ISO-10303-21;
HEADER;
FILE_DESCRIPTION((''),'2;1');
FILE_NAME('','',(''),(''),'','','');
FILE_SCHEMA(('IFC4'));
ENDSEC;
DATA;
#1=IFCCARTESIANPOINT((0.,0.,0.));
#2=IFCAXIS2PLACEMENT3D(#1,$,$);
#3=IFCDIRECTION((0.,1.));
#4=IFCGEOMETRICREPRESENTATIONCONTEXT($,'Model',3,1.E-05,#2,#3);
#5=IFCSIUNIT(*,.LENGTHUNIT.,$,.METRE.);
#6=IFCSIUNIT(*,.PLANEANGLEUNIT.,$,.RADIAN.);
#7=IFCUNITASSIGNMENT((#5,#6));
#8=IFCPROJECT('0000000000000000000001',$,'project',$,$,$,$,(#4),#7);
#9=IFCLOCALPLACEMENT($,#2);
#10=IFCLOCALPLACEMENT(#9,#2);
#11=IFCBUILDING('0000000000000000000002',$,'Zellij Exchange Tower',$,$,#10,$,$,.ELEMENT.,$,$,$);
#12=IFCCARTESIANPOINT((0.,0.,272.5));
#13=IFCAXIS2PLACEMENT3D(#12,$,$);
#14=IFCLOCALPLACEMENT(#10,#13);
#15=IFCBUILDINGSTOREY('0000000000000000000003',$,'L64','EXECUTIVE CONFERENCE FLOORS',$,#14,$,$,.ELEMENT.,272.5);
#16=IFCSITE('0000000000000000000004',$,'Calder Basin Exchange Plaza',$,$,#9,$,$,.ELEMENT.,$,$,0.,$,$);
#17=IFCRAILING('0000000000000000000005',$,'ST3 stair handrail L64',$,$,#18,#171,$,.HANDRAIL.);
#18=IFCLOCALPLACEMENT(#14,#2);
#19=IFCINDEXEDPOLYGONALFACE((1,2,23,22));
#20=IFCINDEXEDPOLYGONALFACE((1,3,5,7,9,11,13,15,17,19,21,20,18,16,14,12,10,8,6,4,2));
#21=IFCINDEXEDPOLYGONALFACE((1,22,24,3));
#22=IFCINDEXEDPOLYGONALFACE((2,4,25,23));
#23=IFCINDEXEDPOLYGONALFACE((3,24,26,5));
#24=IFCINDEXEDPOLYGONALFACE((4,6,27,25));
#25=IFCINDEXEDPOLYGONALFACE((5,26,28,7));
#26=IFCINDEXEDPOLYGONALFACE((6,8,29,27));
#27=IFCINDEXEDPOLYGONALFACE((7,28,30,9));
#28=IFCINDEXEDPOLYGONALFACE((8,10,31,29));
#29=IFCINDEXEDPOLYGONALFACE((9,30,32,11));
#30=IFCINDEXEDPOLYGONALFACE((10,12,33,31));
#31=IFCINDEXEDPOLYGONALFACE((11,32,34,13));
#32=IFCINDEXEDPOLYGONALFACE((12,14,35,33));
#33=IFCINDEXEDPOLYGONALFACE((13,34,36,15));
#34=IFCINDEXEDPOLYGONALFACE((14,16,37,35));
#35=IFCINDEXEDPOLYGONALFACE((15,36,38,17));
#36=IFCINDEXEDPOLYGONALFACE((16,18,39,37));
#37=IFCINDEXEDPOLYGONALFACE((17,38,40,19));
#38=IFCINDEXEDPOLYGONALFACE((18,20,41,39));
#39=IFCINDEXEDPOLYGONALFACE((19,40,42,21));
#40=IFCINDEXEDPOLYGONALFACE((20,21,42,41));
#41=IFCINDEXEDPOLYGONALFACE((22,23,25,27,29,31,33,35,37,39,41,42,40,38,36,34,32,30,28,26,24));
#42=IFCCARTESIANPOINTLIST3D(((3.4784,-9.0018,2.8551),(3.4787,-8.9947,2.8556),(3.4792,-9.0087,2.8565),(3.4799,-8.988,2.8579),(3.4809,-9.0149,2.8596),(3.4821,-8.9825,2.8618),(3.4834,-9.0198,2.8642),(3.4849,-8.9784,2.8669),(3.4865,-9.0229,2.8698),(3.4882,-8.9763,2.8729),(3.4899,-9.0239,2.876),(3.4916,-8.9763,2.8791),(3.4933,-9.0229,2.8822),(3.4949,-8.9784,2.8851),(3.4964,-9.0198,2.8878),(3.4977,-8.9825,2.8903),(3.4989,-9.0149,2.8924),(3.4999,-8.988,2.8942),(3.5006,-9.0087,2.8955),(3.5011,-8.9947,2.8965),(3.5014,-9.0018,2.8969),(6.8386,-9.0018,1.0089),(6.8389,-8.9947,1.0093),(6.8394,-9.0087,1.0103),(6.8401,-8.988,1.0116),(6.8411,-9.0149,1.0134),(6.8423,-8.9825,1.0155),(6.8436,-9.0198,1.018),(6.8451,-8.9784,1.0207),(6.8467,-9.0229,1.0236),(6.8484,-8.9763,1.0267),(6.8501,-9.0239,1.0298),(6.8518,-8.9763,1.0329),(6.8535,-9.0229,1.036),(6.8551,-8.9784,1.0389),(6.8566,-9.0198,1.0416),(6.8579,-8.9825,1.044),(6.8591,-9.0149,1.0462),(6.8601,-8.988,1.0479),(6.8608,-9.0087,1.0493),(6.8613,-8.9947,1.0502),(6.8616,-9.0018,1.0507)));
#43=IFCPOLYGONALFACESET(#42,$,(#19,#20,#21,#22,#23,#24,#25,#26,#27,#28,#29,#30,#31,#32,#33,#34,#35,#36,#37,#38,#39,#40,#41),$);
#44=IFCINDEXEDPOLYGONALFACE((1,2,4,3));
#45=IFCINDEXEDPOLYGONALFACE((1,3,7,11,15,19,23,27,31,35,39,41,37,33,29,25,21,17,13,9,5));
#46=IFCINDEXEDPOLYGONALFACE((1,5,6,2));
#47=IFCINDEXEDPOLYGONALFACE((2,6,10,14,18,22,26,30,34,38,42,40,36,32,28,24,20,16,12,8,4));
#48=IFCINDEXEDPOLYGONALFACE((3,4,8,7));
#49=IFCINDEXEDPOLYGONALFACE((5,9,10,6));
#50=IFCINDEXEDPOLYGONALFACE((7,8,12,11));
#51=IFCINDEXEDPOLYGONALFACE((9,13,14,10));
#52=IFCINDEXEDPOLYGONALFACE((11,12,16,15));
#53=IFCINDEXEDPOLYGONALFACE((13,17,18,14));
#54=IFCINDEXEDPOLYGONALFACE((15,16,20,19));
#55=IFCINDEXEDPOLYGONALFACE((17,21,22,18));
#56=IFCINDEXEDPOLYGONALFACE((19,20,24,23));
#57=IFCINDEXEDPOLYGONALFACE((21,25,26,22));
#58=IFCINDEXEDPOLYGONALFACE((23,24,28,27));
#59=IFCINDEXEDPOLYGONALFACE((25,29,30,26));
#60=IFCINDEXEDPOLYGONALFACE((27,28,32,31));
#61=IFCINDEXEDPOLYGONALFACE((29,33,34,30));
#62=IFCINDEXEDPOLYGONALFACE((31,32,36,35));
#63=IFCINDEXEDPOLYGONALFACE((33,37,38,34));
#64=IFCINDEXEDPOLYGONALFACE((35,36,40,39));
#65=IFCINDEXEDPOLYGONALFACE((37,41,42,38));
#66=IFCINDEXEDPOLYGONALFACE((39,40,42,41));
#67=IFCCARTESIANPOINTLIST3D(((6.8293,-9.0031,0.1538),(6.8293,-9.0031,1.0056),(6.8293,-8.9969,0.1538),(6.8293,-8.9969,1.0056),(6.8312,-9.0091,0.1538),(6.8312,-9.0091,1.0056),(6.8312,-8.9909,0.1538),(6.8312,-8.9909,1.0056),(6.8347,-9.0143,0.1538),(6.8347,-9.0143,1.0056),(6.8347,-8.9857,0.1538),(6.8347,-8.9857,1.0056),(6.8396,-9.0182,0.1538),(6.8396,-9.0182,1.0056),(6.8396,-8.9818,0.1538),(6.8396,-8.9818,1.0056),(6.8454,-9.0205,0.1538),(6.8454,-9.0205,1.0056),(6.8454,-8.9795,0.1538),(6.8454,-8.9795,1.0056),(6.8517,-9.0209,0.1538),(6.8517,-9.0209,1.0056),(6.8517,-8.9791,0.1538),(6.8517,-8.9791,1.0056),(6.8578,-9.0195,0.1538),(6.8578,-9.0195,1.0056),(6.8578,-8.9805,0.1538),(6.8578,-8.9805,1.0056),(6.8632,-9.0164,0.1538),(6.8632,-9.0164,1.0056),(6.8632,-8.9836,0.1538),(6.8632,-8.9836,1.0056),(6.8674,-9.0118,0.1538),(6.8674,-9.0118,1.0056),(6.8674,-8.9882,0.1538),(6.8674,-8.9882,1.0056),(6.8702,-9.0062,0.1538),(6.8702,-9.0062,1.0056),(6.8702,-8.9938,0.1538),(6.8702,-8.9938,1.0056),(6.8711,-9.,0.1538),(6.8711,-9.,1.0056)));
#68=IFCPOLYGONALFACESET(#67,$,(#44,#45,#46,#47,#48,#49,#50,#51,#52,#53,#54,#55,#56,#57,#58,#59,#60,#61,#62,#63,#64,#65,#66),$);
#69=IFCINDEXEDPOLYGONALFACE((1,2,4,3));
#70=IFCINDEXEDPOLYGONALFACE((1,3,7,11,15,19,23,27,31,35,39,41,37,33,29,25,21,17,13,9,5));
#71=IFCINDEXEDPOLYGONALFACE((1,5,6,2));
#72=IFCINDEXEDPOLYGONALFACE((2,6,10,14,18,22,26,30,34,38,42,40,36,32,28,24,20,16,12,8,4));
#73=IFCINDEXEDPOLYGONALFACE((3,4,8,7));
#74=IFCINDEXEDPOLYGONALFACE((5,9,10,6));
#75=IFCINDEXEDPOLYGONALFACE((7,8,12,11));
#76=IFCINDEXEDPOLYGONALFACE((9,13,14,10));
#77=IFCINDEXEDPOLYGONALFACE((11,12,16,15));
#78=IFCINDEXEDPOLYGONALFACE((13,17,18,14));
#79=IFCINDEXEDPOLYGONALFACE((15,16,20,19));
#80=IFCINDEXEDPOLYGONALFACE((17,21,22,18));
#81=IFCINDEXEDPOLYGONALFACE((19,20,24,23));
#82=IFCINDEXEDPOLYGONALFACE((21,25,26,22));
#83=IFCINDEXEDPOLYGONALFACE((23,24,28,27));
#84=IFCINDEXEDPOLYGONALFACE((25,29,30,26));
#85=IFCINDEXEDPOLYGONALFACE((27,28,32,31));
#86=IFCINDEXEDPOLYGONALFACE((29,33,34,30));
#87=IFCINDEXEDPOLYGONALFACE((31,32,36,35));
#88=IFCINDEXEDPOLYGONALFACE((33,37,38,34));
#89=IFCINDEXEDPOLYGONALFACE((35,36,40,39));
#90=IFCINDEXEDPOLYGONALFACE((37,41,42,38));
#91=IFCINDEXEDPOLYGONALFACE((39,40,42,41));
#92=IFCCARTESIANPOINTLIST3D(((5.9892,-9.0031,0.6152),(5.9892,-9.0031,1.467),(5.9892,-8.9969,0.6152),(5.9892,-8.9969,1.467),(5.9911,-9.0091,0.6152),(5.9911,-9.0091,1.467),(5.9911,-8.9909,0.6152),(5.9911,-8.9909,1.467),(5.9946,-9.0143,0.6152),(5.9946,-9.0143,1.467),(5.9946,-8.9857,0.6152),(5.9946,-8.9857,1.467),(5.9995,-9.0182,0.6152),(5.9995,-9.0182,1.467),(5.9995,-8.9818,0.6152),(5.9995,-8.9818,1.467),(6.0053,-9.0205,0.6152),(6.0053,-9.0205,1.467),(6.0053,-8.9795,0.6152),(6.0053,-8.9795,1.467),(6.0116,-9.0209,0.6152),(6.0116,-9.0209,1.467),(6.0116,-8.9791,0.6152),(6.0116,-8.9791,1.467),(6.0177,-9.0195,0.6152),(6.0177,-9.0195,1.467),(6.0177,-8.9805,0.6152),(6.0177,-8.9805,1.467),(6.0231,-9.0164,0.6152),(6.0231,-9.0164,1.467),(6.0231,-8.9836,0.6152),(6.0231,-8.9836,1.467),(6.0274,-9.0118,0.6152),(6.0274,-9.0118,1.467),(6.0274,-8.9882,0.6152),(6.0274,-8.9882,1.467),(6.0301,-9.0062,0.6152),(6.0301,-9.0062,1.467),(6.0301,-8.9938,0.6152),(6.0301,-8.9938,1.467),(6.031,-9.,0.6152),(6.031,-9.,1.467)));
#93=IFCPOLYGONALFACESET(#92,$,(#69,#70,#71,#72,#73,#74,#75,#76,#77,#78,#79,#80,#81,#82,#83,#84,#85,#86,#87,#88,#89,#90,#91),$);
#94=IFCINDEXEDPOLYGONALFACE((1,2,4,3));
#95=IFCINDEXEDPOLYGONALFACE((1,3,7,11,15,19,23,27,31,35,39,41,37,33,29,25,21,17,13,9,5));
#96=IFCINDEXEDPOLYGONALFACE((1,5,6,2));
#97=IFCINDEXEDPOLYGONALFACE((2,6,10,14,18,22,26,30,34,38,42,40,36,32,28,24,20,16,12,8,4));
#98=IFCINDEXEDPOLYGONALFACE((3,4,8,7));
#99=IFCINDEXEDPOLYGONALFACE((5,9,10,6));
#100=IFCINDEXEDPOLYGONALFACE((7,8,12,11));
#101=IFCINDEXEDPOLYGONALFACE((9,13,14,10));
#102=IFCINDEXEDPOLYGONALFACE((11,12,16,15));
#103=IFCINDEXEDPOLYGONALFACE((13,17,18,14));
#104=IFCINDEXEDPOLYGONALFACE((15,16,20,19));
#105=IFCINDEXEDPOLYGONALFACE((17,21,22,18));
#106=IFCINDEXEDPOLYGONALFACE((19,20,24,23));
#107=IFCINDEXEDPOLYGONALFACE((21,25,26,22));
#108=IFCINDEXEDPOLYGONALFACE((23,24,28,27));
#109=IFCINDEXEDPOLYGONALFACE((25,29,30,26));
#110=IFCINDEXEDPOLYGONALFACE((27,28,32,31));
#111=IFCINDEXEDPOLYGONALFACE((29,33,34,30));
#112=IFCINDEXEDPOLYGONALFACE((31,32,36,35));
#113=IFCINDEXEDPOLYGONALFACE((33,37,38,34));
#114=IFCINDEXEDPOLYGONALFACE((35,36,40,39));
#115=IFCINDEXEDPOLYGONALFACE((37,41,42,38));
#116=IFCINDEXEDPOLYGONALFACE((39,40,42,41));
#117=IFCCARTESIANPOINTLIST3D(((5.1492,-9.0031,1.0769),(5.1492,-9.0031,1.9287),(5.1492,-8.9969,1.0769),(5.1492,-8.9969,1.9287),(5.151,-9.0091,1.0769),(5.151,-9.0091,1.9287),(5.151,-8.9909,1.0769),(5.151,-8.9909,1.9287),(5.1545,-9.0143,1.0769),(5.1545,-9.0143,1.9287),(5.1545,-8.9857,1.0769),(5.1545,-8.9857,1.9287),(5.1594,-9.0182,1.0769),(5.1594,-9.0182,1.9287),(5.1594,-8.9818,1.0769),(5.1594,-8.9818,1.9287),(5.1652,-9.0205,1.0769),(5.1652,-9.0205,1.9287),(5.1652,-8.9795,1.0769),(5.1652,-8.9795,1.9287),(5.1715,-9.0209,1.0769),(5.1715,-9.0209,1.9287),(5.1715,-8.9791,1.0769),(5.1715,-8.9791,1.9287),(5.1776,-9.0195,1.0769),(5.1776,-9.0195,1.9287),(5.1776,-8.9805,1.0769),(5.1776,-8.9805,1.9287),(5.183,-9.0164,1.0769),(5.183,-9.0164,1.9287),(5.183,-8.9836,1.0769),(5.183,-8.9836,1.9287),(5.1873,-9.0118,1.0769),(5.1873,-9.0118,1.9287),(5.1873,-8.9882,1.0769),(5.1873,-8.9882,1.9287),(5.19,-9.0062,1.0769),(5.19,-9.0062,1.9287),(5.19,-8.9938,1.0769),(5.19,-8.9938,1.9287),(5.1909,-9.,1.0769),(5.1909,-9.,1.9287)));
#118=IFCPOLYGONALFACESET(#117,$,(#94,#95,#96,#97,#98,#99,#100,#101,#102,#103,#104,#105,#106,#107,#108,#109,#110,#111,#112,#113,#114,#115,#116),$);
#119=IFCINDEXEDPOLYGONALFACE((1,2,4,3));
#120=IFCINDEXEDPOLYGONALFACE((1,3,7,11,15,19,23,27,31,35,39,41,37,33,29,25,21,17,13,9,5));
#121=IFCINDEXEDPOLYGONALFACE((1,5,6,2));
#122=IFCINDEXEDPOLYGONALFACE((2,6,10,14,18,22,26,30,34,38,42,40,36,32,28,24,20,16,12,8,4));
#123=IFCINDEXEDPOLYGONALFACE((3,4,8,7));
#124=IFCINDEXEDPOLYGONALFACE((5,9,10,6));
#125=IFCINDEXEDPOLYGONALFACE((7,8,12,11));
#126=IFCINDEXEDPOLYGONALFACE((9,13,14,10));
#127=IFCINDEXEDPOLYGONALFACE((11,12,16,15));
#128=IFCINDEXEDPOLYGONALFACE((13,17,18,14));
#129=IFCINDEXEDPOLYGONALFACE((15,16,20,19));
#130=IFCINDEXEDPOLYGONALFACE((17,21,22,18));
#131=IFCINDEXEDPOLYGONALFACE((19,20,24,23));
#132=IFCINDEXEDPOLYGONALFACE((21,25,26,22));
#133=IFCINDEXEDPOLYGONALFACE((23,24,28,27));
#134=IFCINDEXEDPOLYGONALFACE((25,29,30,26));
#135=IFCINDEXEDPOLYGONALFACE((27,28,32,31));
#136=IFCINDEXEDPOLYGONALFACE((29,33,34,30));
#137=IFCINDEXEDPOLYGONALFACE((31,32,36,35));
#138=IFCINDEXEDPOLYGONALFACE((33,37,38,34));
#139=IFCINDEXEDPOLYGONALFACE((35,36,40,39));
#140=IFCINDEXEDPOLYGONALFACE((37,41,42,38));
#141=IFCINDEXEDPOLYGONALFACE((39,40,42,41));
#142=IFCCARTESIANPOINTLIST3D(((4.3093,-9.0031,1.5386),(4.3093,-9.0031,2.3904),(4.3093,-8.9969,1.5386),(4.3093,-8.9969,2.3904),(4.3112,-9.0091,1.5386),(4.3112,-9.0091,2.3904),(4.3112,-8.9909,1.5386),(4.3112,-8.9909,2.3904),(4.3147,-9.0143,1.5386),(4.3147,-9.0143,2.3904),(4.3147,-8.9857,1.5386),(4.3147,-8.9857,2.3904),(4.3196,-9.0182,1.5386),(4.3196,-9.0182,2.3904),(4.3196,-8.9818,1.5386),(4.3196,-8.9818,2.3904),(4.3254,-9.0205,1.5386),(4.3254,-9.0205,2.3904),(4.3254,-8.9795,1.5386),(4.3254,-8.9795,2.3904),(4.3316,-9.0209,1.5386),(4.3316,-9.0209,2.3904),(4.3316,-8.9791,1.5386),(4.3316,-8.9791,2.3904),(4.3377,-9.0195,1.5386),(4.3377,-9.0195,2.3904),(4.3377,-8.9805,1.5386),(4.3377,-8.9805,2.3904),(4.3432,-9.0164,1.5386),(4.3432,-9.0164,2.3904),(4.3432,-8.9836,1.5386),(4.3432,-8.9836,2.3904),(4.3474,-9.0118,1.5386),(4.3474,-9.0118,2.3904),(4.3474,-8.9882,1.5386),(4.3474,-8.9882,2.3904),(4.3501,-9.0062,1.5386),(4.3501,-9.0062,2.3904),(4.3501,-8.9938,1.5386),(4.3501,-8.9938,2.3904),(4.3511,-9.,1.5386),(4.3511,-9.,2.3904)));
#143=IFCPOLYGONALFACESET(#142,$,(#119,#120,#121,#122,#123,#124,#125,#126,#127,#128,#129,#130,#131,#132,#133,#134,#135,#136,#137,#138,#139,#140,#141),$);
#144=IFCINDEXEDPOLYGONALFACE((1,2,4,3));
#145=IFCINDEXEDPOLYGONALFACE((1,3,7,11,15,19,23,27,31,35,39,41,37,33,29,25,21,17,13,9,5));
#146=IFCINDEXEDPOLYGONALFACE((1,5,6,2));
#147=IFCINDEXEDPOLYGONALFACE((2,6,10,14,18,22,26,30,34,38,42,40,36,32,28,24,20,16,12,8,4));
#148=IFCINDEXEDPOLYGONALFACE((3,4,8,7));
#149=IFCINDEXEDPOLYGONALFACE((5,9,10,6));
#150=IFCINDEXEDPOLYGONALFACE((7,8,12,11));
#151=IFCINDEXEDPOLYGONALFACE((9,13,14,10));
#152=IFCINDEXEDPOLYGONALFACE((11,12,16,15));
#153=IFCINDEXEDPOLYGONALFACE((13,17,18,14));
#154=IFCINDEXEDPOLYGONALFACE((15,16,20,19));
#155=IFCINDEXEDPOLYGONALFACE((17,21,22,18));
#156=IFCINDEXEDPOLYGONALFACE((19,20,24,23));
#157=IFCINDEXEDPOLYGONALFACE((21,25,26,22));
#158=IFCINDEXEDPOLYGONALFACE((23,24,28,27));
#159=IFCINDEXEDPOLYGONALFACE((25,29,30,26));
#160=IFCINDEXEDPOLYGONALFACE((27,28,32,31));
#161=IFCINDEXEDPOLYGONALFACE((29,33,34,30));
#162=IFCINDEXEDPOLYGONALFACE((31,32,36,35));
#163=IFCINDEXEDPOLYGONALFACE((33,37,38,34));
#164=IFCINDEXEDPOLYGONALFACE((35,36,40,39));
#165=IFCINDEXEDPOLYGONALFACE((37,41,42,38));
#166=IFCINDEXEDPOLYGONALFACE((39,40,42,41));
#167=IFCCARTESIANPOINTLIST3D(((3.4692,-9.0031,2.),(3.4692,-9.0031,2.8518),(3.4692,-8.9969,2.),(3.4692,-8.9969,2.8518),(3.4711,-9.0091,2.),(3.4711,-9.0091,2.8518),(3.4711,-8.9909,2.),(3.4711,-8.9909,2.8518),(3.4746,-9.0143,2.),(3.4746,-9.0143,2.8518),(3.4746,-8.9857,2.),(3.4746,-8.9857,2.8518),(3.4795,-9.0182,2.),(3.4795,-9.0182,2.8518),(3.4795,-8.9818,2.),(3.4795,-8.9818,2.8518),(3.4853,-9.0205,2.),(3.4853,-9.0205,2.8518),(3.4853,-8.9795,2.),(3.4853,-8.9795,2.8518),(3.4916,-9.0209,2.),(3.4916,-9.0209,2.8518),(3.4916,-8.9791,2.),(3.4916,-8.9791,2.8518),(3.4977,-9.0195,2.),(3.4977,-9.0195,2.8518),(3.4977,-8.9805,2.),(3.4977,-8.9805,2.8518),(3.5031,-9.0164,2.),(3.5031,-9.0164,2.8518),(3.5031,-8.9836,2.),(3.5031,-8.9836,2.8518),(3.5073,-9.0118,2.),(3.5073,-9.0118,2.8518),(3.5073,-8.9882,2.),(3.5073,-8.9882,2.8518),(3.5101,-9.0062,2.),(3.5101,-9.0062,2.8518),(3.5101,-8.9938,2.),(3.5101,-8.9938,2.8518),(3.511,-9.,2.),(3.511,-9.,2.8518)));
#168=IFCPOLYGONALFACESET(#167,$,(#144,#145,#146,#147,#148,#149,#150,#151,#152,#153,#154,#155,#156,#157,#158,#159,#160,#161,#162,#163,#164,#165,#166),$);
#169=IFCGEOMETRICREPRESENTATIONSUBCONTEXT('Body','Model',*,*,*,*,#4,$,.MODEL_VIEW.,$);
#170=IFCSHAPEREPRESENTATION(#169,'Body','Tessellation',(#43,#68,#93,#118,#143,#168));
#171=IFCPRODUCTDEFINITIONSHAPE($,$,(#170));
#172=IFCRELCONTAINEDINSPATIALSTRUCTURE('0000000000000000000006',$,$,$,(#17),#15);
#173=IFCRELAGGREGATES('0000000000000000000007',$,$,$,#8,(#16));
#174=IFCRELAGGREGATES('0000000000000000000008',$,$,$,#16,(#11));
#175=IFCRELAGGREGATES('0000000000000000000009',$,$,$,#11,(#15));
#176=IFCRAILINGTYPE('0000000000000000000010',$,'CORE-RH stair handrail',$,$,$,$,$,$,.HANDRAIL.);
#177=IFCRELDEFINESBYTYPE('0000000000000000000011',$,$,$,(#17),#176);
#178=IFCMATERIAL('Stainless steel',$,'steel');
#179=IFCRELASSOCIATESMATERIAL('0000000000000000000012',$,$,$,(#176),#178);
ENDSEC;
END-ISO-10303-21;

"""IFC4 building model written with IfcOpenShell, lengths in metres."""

from ifc_helpers import new_model, si_unit, direction, frame, origin, origin_2d, place, context, subcontext, project, spatial, circle, extrude, material, type_object, element, save


model = new_model("IFC4")

# Units and contexts
model_context = context("Model", 3, precision=1e-05, world=origin(), true_north=direction((0.0, 1.0)))
body_context = subcontext(model_context, "Body", "Model", "MODEL_VIEW")
ifc_project = project(units=[si_unit("LENGTHUNIT", "METRE"), si_unit("PLANEANGLEUNIT", "RADIAN")], contexts=[model_context])

# Site, building, storey
site_placement = place(None, origin())
site = spatial("IfcSite", under=ifc_project, at=site_placement, Name="Calder Basin Exchange Plaza", CompositionType="ELEMENT", RefElevation=0.0)
building_placement = place(site_placement, origin())
building = spatial("IfcBuilding", under=site, at=building_placement, Name="Zellij Exchange Tower", CompositionType="ELEMENT")
storey_placement = place(building_placement, frame((0.0, 0.0, 272.5)))
storey = spatial("IfcBuildingStorey", under=building, at=storey_placement, Name="L64", Description="EXECUTIVE CONFERENCE FLOORS", CompositionType="ELEMENT", Elevation=272.5)

# Railing
ifc_material_1 = material(Name="Stainless steel", Category="steel")
railing_type_1 = type_object("IfcRailingType", Name="CORE-RH stair handrail", PredefinedType="HANDRAIL", material=ifc_material_1)
railing_1_placement = place(storey_placement, frame((6.8501, -9.0, 0.1538)))
element("IfcRailing", 1, at=railing_1_placement, inside=storey, type_object=railing_type_1, Name="ST3 stair handrail L64", PredefinedType="HANDRAIL", context=body_context, shape_type="SweptSolid", body=[
    extrude(circle(Radius=0.0239, at=origin_2d()), frame((0.0, 0.0, 0.876), z_axis=(-0.876422, 0.0, 0.481545), x_axis=(0.0, -1.0, 0.0)), (0.0, 0.0, 1.0), 3.834),
    extrude(circle(Radius=0.021, at=origin_2d()), origin(), (0.0, 0.0, 1.0), 0.8518),
    extrude(circle(Radius=0.021, at=origin_2d()), frame((-0.8401, 0.0, 0.4614)), (0.0, 0.0, 1.0), 0.8518),
    extrude(circle(Radius=0.021, at=origin_2d()), frame((-1.6802, 0.0, 0.9231)), (0.0, 0.0, 1.0), 0.8518),
    extrude(circle(Radius=0.021, at=origin_2d()), frame((-2.52, 0.0, 1.3848)), (0.0, 0.0, 1.0), 0.8518),
    extrude(circle(Radius=0.021, at=origin_2d()), frame((-3.3601, 0.0, 1.8462)), (0.0, 0.0, 1.0), 0.8518),
])

save(model, "model.ifc")
